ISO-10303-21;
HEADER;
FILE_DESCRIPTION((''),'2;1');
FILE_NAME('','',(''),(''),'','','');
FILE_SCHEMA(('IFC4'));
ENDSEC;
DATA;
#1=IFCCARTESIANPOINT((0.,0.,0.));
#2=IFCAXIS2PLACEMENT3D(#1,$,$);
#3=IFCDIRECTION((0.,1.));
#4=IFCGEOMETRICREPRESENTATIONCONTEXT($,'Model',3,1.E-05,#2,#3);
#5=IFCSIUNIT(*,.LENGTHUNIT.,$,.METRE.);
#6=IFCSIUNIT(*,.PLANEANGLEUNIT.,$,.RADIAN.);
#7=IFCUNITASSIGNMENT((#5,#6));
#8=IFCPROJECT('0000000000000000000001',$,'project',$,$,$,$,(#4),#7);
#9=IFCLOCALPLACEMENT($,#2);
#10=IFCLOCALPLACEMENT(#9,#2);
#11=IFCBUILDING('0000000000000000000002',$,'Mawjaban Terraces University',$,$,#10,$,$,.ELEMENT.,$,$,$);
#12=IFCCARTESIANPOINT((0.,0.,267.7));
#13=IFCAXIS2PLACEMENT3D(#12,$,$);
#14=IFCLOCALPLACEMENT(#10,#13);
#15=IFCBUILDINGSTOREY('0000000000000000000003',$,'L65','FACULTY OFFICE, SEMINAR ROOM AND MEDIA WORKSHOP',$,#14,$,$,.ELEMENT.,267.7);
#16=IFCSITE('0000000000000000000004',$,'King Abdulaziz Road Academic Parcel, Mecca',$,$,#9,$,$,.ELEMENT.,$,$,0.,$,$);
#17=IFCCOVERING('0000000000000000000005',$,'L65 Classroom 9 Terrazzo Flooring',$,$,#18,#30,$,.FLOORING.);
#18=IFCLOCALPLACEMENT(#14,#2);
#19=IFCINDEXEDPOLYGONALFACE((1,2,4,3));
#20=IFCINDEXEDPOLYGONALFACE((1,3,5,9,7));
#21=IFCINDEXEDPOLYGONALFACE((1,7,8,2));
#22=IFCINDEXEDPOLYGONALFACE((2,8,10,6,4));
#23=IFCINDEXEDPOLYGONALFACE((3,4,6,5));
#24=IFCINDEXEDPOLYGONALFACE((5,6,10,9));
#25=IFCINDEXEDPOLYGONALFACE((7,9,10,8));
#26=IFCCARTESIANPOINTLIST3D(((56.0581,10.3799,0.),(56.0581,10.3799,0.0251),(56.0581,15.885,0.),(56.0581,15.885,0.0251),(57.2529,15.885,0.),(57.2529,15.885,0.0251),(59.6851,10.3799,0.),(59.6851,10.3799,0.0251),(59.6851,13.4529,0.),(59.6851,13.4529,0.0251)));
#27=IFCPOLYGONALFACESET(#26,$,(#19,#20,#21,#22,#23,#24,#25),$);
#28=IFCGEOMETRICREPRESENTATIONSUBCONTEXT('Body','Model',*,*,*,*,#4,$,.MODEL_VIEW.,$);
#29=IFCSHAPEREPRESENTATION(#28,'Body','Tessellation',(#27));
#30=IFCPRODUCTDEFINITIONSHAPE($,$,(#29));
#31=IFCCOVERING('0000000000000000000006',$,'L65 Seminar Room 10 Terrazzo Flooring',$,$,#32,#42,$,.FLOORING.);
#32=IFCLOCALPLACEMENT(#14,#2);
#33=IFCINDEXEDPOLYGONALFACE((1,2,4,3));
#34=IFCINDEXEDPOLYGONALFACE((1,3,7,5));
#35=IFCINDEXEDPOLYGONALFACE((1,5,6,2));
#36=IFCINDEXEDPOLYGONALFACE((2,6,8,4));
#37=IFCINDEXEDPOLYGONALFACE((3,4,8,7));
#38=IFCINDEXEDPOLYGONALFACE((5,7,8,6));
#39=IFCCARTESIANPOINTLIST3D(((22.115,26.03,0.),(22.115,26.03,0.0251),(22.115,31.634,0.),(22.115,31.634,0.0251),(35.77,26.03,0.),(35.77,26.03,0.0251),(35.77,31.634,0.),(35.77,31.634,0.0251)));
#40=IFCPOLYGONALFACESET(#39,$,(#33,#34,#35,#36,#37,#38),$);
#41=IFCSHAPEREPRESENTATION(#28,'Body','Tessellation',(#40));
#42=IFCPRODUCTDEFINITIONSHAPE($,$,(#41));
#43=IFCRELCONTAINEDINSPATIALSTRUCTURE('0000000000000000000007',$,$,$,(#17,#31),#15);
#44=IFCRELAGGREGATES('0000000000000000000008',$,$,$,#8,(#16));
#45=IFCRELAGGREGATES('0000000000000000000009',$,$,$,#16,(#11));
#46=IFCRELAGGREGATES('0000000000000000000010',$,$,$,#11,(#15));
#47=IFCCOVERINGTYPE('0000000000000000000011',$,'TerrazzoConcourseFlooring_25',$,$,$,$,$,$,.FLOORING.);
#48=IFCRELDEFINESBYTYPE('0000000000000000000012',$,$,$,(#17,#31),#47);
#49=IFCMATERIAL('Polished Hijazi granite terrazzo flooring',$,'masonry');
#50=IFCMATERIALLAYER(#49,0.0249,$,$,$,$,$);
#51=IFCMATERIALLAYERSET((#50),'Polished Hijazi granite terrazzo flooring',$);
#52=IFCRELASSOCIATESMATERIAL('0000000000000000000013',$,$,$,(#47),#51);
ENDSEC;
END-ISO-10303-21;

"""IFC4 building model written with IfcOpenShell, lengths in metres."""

from ifc_helpers import new_model, si_unit, direction, frame, origin, place, context, subcontext, project, spatial, polyline, outline, extrude, material, layer, layer_set, type_object, element, save


model = new_model("IFC4")

# Units and contexts
model_context = context("Model", 3, precision=1e-05, world=origin(), true_north=direction((0.0, 1.0)))
body_context = subcontext(model_context, "Body", "Model", "MODEL_VIEW")
ifc_project = project(units=[si_unit("LENGTHUNIT", "METRE"), si_unit("PLANEANGLEUNIT", "RADIAN")], contexts=[model_context])

# Site, building, storey
site_placement = place(None, origin())
site = spatial("IfcSite", under=ifc_project, at=site_placement, Name="King Abdulaziz Road Academic Parcel, Mecca", CompositionType="ELEMENT", RefElevation=0.0)
building_placement = place(site_placement, origin())
building = spatial("IfcBuilding", under=site, at=building_placement, Name="Mawjaban Terraces University", CompositionType="ELEMENT")
storey_placement = place(building_placement, frame((0.0, 0.0, 267.7)))
storey = spatial("IfcBuildingStorey", under=building, at=storey_placement, Name="L65", Description="FACULTY OFFICE, SEMINAR ROOM AND MEDIA WORKSHOP", CompositionType="ELEMENT", Elevation=267.7)

# Coverings
ifc_material_1 = material(Name="Polished Hijazi granite terrazzo flooring", Category="masonry")
ifc_layer_1 = layer(ifc_material_1, 0.0249)
ifc_layer_set_1 = layer_set([ifc_layer_1], Name="Polished Hijazi granite terrazzo flooring")
covering_type_1 = type_object("IfcCoveringType", Name="TerrazzoConcourseFlooring_25", PredefinedType="FLOORING", material=ifc_layer_set_1)
covering_1_placement = place(storey_placement, origin())
element("IfcCovering", 1, at=covering_1_placement, inside=storey, type_object=covering_type_1, Name="L65 Classroom 9 Terrazzo Flooring", PredefinedType="FLOORING", context=body_context, shape_type="SweptSolid", body=[
    extrude(outline(polyline([(59.6851, 10.3799), (59.6851, 13.4529), (57.2529, 15.885), (56.0581, 15.885), (56.0581, 10.3799), (59.6851, 10.3799)])), origin(), (0.0, 0.0, 1.0), 0.0251),
])
covering_2_placement = place(storey_placement, origin())
element("IfcCovering", 2, at=covering_2_placement, inside=storey, type_object=covering_type_1, Name="L65 Seminar Room 10 Terrazzo Flooring", PredefinedType="FLOORING", context=body_context, shape_type="SweptSolid", body=[
    extrude(outline(polyline([(22.115, 31.634), (22.115, 26.03), (35.77, 26.03), (35.77, 31.634), (22.115, 31.634)])), origin(), (0.0, 0.0, 1.0), 0.0251),
])

save(model, "model.ifc")
